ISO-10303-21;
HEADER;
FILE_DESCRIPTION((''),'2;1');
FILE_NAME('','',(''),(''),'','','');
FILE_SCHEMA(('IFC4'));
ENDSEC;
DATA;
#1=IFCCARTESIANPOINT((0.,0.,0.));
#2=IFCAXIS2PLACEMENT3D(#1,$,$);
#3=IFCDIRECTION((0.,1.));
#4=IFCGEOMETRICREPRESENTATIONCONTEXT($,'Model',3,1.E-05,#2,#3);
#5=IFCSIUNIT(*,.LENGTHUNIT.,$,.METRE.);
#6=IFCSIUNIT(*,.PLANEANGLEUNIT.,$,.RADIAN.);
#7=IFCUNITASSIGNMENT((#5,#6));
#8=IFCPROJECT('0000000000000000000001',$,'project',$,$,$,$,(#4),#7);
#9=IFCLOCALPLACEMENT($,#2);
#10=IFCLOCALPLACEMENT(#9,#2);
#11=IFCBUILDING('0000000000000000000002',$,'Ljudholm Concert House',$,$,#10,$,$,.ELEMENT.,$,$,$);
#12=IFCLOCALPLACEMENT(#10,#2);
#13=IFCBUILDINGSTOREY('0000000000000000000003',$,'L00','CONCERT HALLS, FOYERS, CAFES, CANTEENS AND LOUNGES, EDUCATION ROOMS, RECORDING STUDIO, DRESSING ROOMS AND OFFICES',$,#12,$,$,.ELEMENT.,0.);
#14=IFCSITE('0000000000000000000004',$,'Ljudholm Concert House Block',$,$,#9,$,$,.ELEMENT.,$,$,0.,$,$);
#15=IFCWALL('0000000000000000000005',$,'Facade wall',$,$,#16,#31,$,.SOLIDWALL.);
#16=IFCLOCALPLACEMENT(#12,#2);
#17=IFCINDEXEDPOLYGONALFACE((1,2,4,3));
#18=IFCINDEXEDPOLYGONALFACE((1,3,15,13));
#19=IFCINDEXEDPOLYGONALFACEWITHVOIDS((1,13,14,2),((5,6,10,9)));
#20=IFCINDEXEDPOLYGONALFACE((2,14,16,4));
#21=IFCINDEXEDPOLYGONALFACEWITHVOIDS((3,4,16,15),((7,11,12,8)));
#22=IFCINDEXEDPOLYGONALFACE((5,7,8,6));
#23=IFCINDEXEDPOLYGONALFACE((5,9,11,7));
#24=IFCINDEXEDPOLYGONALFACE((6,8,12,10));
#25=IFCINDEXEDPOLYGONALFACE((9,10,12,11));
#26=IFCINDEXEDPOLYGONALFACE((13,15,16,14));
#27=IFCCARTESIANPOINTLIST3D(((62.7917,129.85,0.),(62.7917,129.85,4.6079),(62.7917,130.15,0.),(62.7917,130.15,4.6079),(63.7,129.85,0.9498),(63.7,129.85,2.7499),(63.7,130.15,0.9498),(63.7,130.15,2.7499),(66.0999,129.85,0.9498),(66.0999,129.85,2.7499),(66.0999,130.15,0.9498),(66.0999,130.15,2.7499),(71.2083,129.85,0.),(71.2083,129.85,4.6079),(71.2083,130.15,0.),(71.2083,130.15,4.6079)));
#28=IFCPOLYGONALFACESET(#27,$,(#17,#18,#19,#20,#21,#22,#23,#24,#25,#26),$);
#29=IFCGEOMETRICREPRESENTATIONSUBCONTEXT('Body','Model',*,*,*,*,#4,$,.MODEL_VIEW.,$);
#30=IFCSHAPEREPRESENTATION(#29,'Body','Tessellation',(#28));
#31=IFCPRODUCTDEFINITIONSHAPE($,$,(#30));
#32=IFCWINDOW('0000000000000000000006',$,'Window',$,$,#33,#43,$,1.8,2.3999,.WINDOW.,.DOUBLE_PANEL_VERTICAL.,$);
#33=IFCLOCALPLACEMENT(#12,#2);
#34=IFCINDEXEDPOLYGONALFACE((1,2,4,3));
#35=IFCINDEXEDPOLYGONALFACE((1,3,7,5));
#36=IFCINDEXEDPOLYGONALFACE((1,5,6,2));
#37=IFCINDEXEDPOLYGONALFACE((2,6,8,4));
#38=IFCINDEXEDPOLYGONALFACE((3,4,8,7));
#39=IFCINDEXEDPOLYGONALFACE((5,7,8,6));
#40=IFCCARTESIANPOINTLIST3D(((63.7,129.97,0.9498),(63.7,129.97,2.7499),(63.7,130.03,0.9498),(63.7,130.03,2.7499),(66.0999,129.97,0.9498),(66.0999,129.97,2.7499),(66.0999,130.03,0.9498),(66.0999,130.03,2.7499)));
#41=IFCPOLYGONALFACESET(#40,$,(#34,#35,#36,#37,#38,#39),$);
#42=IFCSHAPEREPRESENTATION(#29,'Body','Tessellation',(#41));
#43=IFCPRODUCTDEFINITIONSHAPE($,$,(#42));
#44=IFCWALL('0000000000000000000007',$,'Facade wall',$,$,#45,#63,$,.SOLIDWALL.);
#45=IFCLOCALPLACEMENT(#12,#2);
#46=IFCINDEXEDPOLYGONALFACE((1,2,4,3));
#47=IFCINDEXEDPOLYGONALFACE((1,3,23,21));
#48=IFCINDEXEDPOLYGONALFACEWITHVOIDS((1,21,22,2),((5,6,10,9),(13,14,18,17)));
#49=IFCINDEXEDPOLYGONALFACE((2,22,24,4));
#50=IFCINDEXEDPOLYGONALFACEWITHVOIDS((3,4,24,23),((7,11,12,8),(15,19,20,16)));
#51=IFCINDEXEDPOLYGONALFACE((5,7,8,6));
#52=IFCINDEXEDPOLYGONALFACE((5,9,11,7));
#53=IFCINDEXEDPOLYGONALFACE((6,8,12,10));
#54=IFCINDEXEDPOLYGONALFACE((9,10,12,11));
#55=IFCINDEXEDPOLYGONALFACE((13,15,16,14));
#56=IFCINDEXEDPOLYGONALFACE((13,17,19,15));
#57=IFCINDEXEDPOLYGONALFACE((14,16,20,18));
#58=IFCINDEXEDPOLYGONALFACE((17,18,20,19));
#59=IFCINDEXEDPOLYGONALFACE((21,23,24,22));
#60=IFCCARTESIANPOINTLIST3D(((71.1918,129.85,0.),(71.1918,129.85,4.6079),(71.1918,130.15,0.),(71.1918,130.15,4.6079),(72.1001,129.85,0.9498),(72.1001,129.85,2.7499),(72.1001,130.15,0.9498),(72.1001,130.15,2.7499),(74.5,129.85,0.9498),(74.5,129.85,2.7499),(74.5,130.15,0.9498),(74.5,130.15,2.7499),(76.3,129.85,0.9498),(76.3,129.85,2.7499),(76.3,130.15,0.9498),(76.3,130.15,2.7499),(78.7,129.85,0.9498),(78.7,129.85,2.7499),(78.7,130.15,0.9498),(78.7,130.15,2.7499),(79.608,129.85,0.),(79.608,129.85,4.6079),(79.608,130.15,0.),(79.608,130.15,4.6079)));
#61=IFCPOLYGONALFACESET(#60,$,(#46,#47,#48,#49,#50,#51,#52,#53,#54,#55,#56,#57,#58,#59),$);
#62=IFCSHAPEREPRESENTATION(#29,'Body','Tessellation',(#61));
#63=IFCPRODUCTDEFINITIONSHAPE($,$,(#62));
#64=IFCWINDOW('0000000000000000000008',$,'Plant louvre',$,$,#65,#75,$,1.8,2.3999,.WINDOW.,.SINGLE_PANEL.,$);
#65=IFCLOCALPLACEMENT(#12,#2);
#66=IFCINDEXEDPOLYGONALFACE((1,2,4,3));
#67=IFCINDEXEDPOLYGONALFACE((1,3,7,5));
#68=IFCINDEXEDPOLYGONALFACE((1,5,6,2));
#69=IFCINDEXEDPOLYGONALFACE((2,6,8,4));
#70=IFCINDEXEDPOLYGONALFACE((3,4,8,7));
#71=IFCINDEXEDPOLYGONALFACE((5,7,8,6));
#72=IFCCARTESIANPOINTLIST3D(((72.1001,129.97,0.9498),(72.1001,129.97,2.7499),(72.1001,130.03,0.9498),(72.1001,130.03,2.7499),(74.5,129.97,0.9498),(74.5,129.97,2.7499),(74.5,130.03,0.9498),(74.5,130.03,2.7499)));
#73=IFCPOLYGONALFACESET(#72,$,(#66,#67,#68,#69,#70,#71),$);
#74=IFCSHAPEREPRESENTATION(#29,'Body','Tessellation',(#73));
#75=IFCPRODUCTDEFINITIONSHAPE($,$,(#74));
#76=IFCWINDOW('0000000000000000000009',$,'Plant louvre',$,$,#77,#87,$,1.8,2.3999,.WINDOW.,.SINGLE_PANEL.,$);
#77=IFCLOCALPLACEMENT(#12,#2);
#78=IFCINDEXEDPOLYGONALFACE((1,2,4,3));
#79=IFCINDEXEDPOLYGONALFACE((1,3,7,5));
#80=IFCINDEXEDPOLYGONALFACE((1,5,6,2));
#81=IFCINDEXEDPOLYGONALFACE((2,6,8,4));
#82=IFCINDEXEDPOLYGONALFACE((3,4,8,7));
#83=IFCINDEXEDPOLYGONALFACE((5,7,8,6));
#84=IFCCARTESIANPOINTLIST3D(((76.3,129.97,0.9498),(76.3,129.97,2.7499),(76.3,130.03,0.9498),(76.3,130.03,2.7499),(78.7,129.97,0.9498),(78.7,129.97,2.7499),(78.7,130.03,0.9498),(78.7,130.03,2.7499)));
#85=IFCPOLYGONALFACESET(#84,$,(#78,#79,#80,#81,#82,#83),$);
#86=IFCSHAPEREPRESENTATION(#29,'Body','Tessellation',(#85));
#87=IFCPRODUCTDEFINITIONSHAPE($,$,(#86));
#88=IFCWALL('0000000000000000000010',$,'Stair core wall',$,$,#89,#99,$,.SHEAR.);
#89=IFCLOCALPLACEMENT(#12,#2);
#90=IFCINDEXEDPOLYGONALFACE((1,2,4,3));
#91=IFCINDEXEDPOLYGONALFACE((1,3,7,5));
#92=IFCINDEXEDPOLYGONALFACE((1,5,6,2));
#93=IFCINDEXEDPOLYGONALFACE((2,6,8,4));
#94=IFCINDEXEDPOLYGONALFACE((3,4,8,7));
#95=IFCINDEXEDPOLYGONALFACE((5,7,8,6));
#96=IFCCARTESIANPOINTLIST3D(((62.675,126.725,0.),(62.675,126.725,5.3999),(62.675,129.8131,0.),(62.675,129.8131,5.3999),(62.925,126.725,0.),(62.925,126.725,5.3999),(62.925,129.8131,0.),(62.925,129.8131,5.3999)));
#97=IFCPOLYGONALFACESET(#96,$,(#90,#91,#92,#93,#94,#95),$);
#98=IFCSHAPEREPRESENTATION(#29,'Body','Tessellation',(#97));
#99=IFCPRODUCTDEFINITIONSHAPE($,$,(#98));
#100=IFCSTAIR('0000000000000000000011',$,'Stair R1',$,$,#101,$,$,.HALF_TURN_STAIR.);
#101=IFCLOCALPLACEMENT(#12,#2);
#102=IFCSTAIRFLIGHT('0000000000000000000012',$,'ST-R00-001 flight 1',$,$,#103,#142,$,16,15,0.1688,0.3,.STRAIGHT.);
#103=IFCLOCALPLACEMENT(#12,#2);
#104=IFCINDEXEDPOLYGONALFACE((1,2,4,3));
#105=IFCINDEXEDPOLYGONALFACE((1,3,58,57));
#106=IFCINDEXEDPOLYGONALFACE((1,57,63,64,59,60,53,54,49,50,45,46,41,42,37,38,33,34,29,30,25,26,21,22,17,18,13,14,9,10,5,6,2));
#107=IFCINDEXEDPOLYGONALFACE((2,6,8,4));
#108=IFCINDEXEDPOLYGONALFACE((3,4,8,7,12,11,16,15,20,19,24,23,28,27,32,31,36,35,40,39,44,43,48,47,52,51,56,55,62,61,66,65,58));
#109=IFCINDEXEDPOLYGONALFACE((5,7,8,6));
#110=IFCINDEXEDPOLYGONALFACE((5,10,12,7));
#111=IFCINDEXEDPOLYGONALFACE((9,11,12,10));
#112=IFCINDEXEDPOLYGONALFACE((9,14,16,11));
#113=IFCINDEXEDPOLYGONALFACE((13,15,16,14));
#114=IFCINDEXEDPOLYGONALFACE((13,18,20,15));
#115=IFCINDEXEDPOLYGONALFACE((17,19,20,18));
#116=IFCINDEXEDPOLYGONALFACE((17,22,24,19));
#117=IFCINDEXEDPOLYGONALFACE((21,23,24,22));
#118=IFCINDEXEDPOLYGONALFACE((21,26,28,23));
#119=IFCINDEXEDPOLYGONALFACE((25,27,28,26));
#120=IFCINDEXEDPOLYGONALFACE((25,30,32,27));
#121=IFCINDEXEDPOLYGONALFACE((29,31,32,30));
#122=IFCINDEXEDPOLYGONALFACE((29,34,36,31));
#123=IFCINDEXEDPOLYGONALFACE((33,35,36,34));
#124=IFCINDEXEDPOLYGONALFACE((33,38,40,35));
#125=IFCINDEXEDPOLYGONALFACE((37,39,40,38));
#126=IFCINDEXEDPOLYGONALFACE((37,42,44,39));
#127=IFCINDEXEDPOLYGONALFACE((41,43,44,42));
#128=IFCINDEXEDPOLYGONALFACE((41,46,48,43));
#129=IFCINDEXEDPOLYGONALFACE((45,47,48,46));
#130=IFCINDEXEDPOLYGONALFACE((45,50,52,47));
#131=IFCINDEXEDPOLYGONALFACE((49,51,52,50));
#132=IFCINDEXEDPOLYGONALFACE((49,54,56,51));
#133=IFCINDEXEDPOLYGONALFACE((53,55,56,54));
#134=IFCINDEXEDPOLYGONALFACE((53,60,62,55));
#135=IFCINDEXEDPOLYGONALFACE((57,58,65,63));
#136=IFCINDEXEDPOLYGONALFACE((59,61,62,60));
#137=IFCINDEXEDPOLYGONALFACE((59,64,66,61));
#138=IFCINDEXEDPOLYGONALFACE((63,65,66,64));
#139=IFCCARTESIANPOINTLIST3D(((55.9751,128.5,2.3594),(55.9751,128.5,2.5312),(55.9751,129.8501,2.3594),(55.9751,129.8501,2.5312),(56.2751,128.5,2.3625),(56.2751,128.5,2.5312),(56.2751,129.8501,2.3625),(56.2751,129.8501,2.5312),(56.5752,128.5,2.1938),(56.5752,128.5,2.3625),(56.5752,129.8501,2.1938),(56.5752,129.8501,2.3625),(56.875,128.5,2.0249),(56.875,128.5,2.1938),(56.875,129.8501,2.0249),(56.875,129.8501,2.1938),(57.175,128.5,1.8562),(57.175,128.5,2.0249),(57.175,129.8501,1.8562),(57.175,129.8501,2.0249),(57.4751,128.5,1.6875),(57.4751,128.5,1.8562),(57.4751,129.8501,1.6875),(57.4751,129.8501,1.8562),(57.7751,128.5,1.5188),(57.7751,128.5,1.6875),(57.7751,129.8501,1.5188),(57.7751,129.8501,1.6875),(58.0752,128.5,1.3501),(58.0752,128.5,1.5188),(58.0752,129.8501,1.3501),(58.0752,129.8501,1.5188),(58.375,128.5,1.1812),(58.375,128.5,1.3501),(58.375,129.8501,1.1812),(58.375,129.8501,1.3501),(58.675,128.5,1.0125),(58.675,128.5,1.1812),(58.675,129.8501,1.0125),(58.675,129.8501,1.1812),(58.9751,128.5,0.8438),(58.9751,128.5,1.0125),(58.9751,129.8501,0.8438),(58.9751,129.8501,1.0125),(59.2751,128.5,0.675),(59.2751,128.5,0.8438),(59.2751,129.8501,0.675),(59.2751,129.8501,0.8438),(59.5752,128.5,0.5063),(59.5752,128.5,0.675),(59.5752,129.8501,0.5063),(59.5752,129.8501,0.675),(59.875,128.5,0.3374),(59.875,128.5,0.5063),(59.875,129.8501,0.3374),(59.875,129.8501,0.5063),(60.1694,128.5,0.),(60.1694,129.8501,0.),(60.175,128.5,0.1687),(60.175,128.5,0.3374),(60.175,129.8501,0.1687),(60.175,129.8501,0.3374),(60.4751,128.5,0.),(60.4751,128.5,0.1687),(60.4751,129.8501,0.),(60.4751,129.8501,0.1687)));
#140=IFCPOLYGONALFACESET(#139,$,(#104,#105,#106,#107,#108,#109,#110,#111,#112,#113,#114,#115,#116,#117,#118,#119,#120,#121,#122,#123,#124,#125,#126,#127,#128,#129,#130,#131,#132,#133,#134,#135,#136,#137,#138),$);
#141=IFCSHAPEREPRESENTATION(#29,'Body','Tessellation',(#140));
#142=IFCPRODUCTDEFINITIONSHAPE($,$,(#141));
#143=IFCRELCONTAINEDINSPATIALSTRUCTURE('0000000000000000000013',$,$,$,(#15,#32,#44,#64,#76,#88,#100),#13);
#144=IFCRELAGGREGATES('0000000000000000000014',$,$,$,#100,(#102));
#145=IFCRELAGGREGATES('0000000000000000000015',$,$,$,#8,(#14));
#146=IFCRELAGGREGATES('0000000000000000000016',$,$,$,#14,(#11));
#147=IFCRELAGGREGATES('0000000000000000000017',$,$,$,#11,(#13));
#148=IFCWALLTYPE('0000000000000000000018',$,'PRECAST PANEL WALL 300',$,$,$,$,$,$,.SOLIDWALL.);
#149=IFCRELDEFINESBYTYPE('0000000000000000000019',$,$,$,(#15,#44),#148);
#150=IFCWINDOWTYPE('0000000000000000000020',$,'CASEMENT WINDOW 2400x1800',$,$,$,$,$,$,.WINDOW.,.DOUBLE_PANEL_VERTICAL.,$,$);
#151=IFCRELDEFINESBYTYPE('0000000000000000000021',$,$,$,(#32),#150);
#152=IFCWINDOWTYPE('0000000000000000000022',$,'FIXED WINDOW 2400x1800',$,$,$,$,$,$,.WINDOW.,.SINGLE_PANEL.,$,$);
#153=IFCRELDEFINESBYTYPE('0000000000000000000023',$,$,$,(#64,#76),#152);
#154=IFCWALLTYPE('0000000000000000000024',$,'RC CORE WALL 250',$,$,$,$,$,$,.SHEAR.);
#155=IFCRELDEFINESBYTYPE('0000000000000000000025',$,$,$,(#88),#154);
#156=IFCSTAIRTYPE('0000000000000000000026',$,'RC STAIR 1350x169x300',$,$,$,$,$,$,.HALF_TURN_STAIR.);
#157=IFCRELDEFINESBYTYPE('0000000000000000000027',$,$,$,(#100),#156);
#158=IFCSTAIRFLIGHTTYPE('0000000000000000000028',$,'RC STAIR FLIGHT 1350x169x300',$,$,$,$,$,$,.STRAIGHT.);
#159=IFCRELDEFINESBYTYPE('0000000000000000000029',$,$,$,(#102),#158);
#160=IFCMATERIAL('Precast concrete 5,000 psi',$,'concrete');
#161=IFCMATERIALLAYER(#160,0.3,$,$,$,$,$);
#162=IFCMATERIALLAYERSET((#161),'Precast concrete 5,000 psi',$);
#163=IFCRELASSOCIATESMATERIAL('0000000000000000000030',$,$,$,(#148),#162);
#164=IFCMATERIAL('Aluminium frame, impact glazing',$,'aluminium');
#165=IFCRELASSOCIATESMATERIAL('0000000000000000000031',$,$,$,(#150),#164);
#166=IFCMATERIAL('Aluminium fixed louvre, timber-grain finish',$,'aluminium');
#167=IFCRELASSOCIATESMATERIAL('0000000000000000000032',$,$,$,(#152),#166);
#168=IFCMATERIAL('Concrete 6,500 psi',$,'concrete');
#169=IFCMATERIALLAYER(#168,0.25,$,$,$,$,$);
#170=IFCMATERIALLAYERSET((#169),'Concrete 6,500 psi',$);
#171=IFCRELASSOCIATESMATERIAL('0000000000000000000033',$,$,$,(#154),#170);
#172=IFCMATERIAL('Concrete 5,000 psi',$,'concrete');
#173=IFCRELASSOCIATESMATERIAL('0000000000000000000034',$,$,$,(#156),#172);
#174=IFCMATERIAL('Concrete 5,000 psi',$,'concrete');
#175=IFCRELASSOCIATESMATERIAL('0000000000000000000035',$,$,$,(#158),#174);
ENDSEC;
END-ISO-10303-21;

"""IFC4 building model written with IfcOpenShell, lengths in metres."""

from ifc_helpers import new_model, si_unit, direction, frame, frame_2d, origin, place, context, subcontext, project, spatial, polyline, rectangle, outline, extrude, material, layer, layer_set, type_object, element, fill, aggregate, save


model = new_model("IFC4")

# Units and contexts
model_context = context("Model", 3, precision=1e-05, world=origin(), true_north=direction((0.0, 1.0)))
body_context = subcontext(model_context, "Body", "Model", "MODEL_VIEW")
ifc_project = project(units=[si_unit("LENGTHUNIT", "METRE"), si_unit("PLANEANGLEUNIT", "RADIAN")], contexts=[model_context])

# Site, building, storey
site_placement = place(None, origin())
site = spatial("IfcSite", under=ifc_project, at=site_placement, Name="Ljudholm Concert House Block", CompositionType="ELEMENT", RefElevation=0.0)
building_placement = place(site_placement, origin())
building = spatial("IfcBuilding", under=site, at=building_placement, Name="Ljudholm Concert House", CompositionType="ELEMENT")
storey_placement = place(building_placement, origin())
storey = spatial("IfcBuildingStorey", under=building, at=storey_placement, Name="L00", Description="CONCERT HALLS, FOYERS, CAFES, CANTEENS AND LOUNGES, EDUCATION ROOMS, RECORDING STUDIO, DRESSING ROOMS AND OFFICES", CompositionType="ELEMENT", Elevation=0.0)

# Wall, opening, window
ifc_material_1 = material(Name="Precast concrete 5,000 psi", Category="concrete")
ifc_layer_1 = layer(ifc_material_1, 0.3)
ifc_layer_set_1 = layer_set([ifc_layer_1], Name="Precast concrete 5,000 psi")
wall_type_1 = type_object("IfcWallType", Name="PRECAST PANEL WALL 300", PredefinedType="SOLIDWALL", material=ifc_layer_set_1)
wall_1_placement = place(storey_placement, frame((62.7917, 130.0, 0.0), z_axis=(0.0, 0.0, 1.0), x_axis=(1.0, 0.0, 0.0)))
wall_1 = element("IfcWall", 1, at=wall_1_placement, inside=storey, type_object=wall_type_1, Name="Facade wall", PredefinedType="SOLIDWALL", context=body_context, shape_type="SweptSolid", body=[
    extrude(rectangle(XDim=8.4165, YDim=0.3, at=frame_2d((4.2083, 0.0))), origin(), (0.0, 0.0, 1.0), 4.6079),
])
opening_1_placement = place(wall_1_placement, frame((0.9082, 0.0, 0.95)))
opening_1 = element("IfcOpeningElement", 2, at=opening_1_placement, cuts=wall_1, PredefinedType="OPENING", context=body_context, shape_type="SweptSolid", body=[
    extrude(rectangle(XDim=2.3999, YDim=1.8, at=frame_2d((1.2, 0.8999))), frame((0.0, 0.1599, 0.0), z_axis=(0.0, -1.0, 0.0), x_axis=(1.0, 0.0, 0.0)), (0.0, 0.0, 1.0), 0.3201),
])
ifc_material_2 = material(Name="Aluminium frame, impact glazing", Category="aluminium")
window_type_1 = type_object("IfcWindowType", Name="CASEMENT WINDOW 2400x1800", PartitioningType="DOUBLE_PANEL_VERTICAL", PredefinedType="WINDOW", material=ifc_material_2)
window_1_placement = place(opening_1_placement, origin())
window_1 = element("IfcWindow", 3, at=window_1_placement, inside=storey, type_object=window_type_1, Name="Window", OverallHeight=1.8, OverallWidth=2.3999, PartitioningType="DOUBLE_PANEL_VERTICAL", PredefinedType="WINDOW", context=body_context, shape_type="SweptSolid", body=[
    extrude(rectangle(XDim=2.3999, YDim=1.8, at=frame_2d((1.2, 0.8999))), frame((0.0, 0.03, 0.0), z_axis=(0.0, -1.0, 0.0), x_axis=(1.0, 0.0, 0.0)), (0.0, 0.0, 1.0), 0.0601),
])
fill(opening_1, window_1)

# Wall, openings, windows
wall_2_placement = place(storey_placement, frame((71.1919, 130.0, 0.0), z_axis=(0.0, 0.0, 1.0), x_axis=(1.0, 0.0, 0.0)))
wall_2 = element("IfcWall", 4, at=wall_2_placement, inside=storey, type_object=wall_type_1, Name="Facade wall", PredefinedType="SOLIDWALL", context=body_context, shape_type="SweptSolid", body=[
    extrude(rectangle(XDim=8.4163, YDim=0.3, at=frame_2d((4.208, 0.0))), origin(), (0.0, 0.0, 1.0), 4.6079),
])
opening_2_placement = place(wall_2_placement, frame((0.9082, 0.0, 0.95)))
opening_2 = element("IfcOpeningElement", 5, at=opening_2_placement, cuts=wall_2, PredefinedType="OPENING", context=body_context, shape_type="SweptSolid", body=[
    extrude(rectangle(XDim=2.3999, YDim=1.8, at=frame_2d((1.2, 0.8999))), frame((0.0, 0.1599, 0.0), z_axis=(0.0, -1.0, 0.0), x_axis=(1.0, 0.0, 0.0)), (0.0, 0.0, 1.0), 0.3201),
])
opening_3_placement = place(wall_2_placement, frame((5.1082, 0.0, 0.95)))
opening_3 = element("IfcOpeningElement", 6, at=opening_3_placement, cuts=wall_2, PredefinedType="OPENING", context=body_context, shape_type="SweptSolid", body=[
    extrude(rectangle(XDim=2.3999, YDim=1.8, at=frame_2d((1.2, 0.8999))), frame((0.0, 0.1599, 0.0), z_axis=(0.0, -1.0, 0.0), x_axis=(1.0, 0.0, 0.0)), (0.0, 0.0, 1.0), 0.3201),
])
ifc_material_3 = material(Name="Aluminium fixed louvre, timber-grain finish", Category="aluminium")
window_type_2 = type_object("IfcWindowType", Name="FIXED WINDOW 2400x1800", PartitioningType="SINGLE_PANEL", PredefinedType="WINDOW", material=ifc_material_3)
window_2_placement = place(opening_2_placement, origin())
window_2 = element("IfcWindow", 7, at=window_2_placement, inside=storey, type_object=window_type_2, Name="Plant louvre", OverallHeight=1.8, OverallWidth=2.3999, PartitioningType="SINGLE_PANEL", PredefinedType="WINDOW", context=body_context, shape_type="SweptSolid", body=[
    extrude(rectangle(XDim=2.3999, YDim=1.8, at=frame_2d((1.2, 0.8999))), frame((0.0, 0.03, 0.0), z_axis=(0.0, -1.0, 0.0), x_axis=(1.0, 0.0, 0.0)), (0.0, 0.0, 1.0), 0.0601),
])
fill(opening_2, window_2)
window_3_placement = place(opening_3_placement, origin())
window_3 = element("IfcWindow", 8, at=window_3_placement, inside=storey, type_object=window_type_2, Name="Plant louvre", OverallHeight=1.8, OverallWidth=2.3999, PartitioningType="SINGLE_PANEL", PredefinedType="WINDOW", context=body_context, shape_type="SweptSolid", body=[
    extrude(rectangle(XDim=2.3999, YDim=1.8, at=frame_2d((1.2, 0.8999))), frame((0.0, 0.03, 0.0), z_axis=(0.0, -1.0, 0.0), x_axis=(1.0, 0.0, 0.0)), (0.0, 0.0, 1.0), 0.0601),
])
fill(opening_3, window_3)

# Wall
ifc_material_4 = material(Name="Concrete 6,500 psi", Category="concrete")
ifc_layer_2 = layer(ifc_material_4, 0.25)
ifc_layer_set_2 = layer_set([ifc_layer_2], Name="Concrete 6,500 psi")
wall_type_2 = type_object("IfcWallType", Name="RC CORE WALL 250", PredefinedType="SHEAR", material=ifc_layer_set_2)
wall_3_placement = place(storey_placement, frame((62.8, 126.7251, 0.0), z_axis=(0.0, 0.0, 1.0), x_axis=(0.0, 1.0, 0.0)))
element("IfcWall", 9, at=wall_3_placement, inside=storey, type_object=wall_type_2, Name="Stair core wall", PredefinedType="SHEAR", context=body_context, shape_type="SweptSolid", body=[
    extrude(rectangle(XDim=3.0881, YDim=0.25, at=frame_2d((1.5439, 0.0))), origin(), (0.0, 0.0, 1.0), 5.3999),
])

# Stair, stair flight
ifc_material_5 = material(Name="Concrete 5,000 psi", Category="concrete")
stair_type = type_object("IfcStairType", Name="RC STAIR 1350x169x300", PredefinedType="HALF_TURN_STAIR", material=ifc_material_5)
stair_placement = place(storey_placement, origin())
stair = element("IfcStair", 10, at=stair_placement, inside=storey, type_object=stair_type, Name="Stair R1", PredefinedType="HALF_TURN_STAIR")
ifc_material_6 = material(Name="Concrete 5,000 psi", Category="concrete")
stair_flight_type = type_object("IfcStairFlightType", Name="RC STAIR FLIGHT 1350x169x300", PredefinedType="STRAIGHT", material=ifc_material_6)
stair_flight_1_placement = place(storey_placement, frame((60.4751, 129.175, 0.0), z_axis=(0.0, 0.0, 1.0), x_axis=(-1.0, 0.0, 0.0)))
stair_flight_1 = element("IfcStairFlight", 11, at=stair_flight_1_placement, type_object=stair_flight_type, Name="ST-R00-001 flight 1", NumberOfRisers=16, NumberOfTreads=15, PredefinedType="STRAIGHT", RiserHeight=0.1688, TreadLength=0.3, context=body_context, shape_type="SweptSolid", body=[
    extrude(outline(polyline([(0.0, 0.0), (0.0, 0.1687), (0.3, 0.1687), (0.3, 0.3374), (0.6001, 0.3374), (0.6001, 0.5063), (0.8999, 0.5063), (0.8999, 0.675), (1.2, 0.675), (1.2, 0.8438), (1.5, 0.8438), (1.5, 1.0125), (1.8, 1.0125), (1.8, 1.1812), (2.1001, 1.1812), (2.1001, 1.3501), (2.3999, 1.3501), (2.3999, 1.5188), (2.7, 1.5188), (2.7, 1.6875), (3.0, 1.6875), (3.0, 1.8562), (3.3, 1.8562), (3.3, 2.0249), (3.6001, 2.0249), (3.6001, 2.1938), (3.8999, 2.1938), (3.8999, 2.3625), (4.2, 2.3625), (4.2, 2.5312), (4.5, 2.5312), (4.5, 2.7), (4.5, 2.3594), (0.3057, 0.0), (0.0, 0.0)])), frame((0.0, 0.675, 0.0), z_axis=(0.0, -1.0, 0.0), x_axis=(1.0, 0.0, 0.0)), (0.0, 0.0, 1.0), 1.3501),
])
aggregate(stair, [stair_flight_1])

save(model, "model.ifc")
